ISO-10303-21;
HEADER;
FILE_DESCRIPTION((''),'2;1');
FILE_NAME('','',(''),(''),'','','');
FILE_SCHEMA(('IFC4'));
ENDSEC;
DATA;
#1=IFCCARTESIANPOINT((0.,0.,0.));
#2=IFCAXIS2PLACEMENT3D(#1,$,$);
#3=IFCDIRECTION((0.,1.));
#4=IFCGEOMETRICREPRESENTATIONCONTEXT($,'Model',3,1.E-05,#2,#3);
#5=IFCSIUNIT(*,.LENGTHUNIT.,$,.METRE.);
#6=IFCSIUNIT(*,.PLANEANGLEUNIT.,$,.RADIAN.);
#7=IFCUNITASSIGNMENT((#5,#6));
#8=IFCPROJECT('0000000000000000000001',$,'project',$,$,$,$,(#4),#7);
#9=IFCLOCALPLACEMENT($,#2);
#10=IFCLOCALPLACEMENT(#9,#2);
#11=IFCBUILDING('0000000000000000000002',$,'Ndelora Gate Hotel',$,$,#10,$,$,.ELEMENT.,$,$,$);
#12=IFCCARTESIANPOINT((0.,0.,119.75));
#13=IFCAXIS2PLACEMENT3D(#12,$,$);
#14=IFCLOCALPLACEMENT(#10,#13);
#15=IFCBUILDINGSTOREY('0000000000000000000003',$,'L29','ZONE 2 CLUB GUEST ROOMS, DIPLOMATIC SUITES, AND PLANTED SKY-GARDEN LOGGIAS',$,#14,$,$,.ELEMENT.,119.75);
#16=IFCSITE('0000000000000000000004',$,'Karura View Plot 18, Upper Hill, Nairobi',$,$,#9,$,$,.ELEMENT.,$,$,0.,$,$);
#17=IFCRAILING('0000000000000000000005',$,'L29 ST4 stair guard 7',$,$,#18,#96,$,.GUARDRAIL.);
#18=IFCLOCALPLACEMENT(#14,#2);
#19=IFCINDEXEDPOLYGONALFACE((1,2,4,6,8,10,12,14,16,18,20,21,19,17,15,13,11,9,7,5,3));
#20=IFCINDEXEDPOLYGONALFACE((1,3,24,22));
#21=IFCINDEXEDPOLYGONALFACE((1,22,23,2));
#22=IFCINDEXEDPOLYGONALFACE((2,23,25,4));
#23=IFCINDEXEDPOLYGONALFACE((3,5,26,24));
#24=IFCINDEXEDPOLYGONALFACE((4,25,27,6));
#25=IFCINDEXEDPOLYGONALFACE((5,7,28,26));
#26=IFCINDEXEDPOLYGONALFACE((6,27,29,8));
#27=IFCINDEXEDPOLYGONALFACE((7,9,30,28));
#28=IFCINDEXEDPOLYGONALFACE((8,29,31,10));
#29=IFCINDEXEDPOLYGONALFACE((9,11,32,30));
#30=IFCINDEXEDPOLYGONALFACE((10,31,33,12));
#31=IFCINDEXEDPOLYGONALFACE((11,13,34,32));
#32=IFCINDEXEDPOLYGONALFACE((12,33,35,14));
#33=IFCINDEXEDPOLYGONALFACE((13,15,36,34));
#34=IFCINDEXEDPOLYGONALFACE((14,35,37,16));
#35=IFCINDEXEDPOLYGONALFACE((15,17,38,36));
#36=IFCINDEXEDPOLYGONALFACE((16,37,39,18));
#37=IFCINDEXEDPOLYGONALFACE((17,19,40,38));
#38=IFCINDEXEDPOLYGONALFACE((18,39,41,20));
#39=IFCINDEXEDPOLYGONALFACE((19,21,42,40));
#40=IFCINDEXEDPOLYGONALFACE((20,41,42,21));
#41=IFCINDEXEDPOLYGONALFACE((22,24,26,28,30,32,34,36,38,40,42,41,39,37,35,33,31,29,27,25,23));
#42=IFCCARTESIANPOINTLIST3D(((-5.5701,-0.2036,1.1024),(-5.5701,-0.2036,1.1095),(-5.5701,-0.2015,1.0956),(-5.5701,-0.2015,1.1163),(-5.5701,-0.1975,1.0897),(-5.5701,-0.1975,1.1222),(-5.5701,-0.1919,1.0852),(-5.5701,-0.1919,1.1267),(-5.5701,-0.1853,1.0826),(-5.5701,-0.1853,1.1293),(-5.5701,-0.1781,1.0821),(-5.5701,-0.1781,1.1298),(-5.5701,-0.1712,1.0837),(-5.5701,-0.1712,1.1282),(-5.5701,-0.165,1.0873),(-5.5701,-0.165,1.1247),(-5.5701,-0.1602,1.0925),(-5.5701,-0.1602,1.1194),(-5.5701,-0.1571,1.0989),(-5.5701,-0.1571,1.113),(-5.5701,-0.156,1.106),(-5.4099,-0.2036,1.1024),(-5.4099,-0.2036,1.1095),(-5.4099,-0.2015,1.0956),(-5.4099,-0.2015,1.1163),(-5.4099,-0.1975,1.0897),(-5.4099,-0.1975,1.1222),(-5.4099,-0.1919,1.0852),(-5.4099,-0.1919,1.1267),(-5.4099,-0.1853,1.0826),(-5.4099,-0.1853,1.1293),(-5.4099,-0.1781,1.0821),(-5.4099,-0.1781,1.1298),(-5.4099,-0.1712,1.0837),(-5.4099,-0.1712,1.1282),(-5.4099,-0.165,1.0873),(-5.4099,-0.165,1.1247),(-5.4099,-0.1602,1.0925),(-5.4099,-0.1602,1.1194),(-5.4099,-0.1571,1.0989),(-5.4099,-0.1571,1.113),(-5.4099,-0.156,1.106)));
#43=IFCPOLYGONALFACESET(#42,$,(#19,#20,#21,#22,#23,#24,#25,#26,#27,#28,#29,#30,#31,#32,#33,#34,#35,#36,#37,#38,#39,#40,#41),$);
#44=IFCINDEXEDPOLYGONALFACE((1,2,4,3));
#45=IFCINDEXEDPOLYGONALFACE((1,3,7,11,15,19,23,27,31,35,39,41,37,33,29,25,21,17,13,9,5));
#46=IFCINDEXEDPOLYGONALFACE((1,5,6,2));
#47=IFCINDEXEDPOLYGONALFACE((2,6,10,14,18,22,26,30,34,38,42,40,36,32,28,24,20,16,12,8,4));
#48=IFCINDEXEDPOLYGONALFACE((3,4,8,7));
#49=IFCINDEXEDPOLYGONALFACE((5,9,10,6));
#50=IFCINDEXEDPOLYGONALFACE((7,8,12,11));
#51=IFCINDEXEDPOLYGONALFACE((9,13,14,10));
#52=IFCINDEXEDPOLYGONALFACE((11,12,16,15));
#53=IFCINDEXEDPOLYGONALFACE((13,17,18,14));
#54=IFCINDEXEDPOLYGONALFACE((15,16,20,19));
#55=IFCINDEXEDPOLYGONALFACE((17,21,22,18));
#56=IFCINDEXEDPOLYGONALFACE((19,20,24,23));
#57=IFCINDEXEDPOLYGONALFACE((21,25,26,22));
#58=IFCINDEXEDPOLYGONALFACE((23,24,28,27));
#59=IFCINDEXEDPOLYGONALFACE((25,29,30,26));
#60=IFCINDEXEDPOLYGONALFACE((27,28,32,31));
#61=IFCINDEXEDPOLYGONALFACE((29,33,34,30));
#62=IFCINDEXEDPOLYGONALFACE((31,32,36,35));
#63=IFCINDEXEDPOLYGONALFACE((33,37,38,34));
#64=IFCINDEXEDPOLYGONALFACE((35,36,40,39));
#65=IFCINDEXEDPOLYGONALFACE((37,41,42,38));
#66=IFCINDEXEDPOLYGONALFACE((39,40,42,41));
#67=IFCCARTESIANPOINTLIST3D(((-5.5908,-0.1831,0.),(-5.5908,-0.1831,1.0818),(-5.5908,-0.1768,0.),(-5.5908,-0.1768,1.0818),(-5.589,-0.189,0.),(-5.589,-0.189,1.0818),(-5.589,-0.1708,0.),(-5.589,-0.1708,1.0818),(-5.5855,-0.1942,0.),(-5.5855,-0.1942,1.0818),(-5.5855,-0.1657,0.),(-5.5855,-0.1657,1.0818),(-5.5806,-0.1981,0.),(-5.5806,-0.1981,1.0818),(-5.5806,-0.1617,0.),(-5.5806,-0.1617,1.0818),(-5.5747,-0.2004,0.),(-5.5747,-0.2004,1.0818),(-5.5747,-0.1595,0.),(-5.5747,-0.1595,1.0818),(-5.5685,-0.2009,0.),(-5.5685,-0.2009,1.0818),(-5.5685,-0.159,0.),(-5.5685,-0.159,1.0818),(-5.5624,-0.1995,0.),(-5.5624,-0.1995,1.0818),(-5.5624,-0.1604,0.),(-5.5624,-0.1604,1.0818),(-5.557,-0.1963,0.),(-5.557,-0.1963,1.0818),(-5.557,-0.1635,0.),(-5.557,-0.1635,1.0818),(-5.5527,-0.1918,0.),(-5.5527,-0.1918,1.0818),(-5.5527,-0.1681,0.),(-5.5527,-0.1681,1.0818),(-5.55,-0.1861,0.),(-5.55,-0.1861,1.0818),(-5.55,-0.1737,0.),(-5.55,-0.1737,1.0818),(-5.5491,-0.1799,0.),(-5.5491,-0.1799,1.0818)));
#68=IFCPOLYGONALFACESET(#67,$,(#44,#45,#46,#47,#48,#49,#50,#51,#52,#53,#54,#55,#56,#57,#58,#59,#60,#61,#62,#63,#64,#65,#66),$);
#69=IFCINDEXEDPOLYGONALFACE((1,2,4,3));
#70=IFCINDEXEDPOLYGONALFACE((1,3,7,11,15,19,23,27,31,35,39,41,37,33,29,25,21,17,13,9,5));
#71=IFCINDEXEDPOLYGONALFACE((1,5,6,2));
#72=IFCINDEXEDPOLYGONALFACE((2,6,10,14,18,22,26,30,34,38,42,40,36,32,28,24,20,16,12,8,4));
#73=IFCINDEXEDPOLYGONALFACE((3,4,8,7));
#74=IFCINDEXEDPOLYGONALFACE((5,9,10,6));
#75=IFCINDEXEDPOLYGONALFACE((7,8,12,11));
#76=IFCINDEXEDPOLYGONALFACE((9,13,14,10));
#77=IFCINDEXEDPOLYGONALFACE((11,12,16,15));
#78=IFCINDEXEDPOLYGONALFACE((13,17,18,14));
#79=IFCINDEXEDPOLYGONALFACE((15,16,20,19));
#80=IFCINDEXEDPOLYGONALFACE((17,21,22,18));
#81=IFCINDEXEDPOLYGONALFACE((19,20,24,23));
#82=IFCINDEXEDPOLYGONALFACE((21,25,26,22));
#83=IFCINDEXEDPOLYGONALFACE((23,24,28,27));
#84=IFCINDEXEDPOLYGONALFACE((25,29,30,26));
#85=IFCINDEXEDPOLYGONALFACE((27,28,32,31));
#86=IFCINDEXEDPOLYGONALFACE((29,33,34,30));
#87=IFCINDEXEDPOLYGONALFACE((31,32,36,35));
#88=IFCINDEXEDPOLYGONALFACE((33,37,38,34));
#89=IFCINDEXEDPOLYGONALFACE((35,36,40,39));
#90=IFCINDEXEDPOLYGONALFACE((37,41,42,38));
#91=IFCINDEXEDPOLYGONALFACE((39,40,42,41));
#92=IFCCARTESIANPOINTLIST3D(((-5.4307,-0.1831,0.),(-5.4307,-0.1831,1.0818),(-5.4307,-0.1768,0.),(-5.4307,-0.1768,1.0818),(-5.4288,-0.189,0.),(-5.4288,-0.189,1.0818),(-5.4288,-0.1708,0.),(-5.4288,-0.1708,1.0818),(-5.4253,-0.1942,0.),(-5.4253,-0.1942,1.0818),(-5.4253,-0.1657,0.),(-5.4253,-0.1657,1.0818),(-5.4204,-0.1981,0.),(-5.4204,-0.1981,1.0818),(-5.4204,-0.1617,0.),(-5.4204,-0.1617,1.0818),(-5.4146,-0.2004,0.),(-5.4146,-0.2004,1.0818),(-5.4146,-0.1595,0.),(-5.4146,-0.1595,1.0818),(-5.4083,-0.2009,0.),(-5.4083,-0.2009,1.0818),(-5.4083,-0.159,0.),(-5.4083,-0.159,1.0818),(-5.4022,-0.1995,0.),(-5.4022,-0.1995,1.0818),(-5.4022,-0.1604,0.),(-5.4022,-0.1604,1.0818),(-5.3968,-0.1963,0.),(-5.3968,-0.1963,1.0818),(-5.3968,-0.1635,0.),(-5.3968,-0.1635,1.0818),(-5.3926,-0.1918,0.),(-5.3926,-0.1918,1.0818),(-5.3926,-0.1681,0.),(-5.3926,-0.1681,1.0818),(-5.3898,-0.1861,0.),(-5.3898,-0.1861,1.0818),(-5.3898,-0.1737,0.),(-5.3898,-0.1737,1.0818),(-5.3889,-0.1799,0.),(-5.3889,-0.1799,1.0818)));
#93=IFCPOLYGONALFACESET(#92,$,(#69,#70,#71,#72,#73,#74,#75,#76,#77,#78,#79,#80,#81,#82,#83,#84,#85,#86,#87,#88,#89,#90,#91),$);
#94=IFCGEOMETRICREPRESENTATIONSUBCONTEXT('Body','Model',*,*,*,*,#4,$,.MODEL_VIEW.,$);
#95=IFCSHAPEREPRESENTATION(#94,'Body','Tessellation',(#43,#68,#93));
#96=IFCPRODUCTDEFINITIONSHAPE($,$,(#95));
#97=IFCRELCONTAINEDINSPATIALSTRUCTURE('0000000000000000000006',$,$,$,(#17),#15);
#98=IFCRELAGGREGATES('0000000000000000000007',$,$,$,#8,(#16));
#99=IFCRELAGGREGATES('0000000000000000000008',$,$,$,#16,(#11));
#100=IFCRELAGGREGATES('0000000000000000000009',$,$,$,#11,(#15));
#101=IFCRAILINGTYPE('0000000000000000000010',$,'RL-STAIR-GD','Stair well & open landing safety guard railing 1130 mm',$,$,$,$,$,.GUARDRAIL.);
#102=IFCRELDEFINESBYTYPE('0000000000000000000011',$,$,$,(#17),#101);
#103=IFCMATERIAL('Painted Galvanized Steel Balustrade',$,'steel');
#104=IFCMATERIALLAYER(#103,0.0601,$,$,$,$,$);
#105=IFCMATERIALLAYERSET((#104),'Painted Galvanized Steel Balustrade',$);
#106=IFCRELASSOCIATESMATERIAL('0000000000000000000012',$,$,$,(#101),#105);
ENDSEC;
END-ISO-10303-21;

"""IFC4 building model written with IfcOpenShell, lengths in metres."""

from ifc_helpers import new_model, si_unit, direction, frame, origin, origin_2d, place, context, subcontext, project, spatial, circle, extrude, material, layer, layer_set, type_object, element, save


model = new_model("IFC4")

# Units and contexts
model_context = context("Model", 3, precision=1e-05, world=origin(), true_north=direction((0.0, 1.0)))
body_context = subcontext(model_context, "Body", "Model", "MODEL_VIEW")
ifc_project = project(units=[si_unit("LENGTHUNIT", "METRE"), si_unit("PLANEANGLEUNIT", "RADIAN")], contexts=[model_context])

# Site, building, storey
site_placement = place(None, origin())
site = spatial("IfcSite", under=ifc_project, at=site_placement, Name="Karura View Plot 18, Upper Hill, Nairobi", CompositionType="ELEMENT", RefElevation=0.0)
building_placement = place(site_placement, origin())
building = spatial("IfcBuilding", under=site, at=building_placement, Name="Ndelora Gate Hotel", CompositionType="ELEMENT")
storey_placement = place(building_placement, frame((0.0, 0.0, 119.75)))
storey = spatial("IfcBuildingStorey", under=building, at=storey_placement, Name="L29", Description="ZONE 2 CLUB GUEST ROOMS, DIPLOMATIC SUITES, AND PLANTED SKY-GARDEN LOGGIAS", CompositionType="ELEMENT", Elevation=119.75)

# Railing
ifc_material_1 = material(Name="Painted Galvanized Steel Balustrade", Category="steel")
ifc_layer_1 = layer(ifc_material_1, 0.0601)
ifc_layer_set_1 = layer_set([ifc_layer_1], Name="Painted Galvanized Steel Balustrade")
railing_type_1 = type_object("IfcRailingType", Name="RL-STAIR-GD", Description="Stair well & open landing safety guard railing 1130 mm", PredefinedType="GUARDRAIL", material=ifc_layer_set_1)
railing_1_placement = place(storey_placement, frame((-5.5701, -0.1799, 0.0)))
element("IfcRailing", 1, at=railing_1_placement, inside=storey, type_object=railing_type_1, Name="L29 ST4 stair guard 7", PredefinedType="GUARDRAIL", context=body_context, shape_type="SweptSolid", body=[
    extrude(circle(Radius=0.0239, at=origin_2d()), frame((0.0, 0.0, 1.106), z_axis=(1.0, 0.0, 0.0), x_axis=(0.0, 1.0, 0.0)), (0.0, 0.0, 1.0), 0.1602),
    extrude(circle(Radius=0.021, at=origin_2d()), origin(), (0.0, 0.0, 1.0), 1.0818),
    extrude(circle(Radius=0.021, at=origin_2d()), frame((0.1602, 0.0, 0.0)), (0.0, 0.0, 1.0), 1.0818),
])

save(model, "model.ifc")
